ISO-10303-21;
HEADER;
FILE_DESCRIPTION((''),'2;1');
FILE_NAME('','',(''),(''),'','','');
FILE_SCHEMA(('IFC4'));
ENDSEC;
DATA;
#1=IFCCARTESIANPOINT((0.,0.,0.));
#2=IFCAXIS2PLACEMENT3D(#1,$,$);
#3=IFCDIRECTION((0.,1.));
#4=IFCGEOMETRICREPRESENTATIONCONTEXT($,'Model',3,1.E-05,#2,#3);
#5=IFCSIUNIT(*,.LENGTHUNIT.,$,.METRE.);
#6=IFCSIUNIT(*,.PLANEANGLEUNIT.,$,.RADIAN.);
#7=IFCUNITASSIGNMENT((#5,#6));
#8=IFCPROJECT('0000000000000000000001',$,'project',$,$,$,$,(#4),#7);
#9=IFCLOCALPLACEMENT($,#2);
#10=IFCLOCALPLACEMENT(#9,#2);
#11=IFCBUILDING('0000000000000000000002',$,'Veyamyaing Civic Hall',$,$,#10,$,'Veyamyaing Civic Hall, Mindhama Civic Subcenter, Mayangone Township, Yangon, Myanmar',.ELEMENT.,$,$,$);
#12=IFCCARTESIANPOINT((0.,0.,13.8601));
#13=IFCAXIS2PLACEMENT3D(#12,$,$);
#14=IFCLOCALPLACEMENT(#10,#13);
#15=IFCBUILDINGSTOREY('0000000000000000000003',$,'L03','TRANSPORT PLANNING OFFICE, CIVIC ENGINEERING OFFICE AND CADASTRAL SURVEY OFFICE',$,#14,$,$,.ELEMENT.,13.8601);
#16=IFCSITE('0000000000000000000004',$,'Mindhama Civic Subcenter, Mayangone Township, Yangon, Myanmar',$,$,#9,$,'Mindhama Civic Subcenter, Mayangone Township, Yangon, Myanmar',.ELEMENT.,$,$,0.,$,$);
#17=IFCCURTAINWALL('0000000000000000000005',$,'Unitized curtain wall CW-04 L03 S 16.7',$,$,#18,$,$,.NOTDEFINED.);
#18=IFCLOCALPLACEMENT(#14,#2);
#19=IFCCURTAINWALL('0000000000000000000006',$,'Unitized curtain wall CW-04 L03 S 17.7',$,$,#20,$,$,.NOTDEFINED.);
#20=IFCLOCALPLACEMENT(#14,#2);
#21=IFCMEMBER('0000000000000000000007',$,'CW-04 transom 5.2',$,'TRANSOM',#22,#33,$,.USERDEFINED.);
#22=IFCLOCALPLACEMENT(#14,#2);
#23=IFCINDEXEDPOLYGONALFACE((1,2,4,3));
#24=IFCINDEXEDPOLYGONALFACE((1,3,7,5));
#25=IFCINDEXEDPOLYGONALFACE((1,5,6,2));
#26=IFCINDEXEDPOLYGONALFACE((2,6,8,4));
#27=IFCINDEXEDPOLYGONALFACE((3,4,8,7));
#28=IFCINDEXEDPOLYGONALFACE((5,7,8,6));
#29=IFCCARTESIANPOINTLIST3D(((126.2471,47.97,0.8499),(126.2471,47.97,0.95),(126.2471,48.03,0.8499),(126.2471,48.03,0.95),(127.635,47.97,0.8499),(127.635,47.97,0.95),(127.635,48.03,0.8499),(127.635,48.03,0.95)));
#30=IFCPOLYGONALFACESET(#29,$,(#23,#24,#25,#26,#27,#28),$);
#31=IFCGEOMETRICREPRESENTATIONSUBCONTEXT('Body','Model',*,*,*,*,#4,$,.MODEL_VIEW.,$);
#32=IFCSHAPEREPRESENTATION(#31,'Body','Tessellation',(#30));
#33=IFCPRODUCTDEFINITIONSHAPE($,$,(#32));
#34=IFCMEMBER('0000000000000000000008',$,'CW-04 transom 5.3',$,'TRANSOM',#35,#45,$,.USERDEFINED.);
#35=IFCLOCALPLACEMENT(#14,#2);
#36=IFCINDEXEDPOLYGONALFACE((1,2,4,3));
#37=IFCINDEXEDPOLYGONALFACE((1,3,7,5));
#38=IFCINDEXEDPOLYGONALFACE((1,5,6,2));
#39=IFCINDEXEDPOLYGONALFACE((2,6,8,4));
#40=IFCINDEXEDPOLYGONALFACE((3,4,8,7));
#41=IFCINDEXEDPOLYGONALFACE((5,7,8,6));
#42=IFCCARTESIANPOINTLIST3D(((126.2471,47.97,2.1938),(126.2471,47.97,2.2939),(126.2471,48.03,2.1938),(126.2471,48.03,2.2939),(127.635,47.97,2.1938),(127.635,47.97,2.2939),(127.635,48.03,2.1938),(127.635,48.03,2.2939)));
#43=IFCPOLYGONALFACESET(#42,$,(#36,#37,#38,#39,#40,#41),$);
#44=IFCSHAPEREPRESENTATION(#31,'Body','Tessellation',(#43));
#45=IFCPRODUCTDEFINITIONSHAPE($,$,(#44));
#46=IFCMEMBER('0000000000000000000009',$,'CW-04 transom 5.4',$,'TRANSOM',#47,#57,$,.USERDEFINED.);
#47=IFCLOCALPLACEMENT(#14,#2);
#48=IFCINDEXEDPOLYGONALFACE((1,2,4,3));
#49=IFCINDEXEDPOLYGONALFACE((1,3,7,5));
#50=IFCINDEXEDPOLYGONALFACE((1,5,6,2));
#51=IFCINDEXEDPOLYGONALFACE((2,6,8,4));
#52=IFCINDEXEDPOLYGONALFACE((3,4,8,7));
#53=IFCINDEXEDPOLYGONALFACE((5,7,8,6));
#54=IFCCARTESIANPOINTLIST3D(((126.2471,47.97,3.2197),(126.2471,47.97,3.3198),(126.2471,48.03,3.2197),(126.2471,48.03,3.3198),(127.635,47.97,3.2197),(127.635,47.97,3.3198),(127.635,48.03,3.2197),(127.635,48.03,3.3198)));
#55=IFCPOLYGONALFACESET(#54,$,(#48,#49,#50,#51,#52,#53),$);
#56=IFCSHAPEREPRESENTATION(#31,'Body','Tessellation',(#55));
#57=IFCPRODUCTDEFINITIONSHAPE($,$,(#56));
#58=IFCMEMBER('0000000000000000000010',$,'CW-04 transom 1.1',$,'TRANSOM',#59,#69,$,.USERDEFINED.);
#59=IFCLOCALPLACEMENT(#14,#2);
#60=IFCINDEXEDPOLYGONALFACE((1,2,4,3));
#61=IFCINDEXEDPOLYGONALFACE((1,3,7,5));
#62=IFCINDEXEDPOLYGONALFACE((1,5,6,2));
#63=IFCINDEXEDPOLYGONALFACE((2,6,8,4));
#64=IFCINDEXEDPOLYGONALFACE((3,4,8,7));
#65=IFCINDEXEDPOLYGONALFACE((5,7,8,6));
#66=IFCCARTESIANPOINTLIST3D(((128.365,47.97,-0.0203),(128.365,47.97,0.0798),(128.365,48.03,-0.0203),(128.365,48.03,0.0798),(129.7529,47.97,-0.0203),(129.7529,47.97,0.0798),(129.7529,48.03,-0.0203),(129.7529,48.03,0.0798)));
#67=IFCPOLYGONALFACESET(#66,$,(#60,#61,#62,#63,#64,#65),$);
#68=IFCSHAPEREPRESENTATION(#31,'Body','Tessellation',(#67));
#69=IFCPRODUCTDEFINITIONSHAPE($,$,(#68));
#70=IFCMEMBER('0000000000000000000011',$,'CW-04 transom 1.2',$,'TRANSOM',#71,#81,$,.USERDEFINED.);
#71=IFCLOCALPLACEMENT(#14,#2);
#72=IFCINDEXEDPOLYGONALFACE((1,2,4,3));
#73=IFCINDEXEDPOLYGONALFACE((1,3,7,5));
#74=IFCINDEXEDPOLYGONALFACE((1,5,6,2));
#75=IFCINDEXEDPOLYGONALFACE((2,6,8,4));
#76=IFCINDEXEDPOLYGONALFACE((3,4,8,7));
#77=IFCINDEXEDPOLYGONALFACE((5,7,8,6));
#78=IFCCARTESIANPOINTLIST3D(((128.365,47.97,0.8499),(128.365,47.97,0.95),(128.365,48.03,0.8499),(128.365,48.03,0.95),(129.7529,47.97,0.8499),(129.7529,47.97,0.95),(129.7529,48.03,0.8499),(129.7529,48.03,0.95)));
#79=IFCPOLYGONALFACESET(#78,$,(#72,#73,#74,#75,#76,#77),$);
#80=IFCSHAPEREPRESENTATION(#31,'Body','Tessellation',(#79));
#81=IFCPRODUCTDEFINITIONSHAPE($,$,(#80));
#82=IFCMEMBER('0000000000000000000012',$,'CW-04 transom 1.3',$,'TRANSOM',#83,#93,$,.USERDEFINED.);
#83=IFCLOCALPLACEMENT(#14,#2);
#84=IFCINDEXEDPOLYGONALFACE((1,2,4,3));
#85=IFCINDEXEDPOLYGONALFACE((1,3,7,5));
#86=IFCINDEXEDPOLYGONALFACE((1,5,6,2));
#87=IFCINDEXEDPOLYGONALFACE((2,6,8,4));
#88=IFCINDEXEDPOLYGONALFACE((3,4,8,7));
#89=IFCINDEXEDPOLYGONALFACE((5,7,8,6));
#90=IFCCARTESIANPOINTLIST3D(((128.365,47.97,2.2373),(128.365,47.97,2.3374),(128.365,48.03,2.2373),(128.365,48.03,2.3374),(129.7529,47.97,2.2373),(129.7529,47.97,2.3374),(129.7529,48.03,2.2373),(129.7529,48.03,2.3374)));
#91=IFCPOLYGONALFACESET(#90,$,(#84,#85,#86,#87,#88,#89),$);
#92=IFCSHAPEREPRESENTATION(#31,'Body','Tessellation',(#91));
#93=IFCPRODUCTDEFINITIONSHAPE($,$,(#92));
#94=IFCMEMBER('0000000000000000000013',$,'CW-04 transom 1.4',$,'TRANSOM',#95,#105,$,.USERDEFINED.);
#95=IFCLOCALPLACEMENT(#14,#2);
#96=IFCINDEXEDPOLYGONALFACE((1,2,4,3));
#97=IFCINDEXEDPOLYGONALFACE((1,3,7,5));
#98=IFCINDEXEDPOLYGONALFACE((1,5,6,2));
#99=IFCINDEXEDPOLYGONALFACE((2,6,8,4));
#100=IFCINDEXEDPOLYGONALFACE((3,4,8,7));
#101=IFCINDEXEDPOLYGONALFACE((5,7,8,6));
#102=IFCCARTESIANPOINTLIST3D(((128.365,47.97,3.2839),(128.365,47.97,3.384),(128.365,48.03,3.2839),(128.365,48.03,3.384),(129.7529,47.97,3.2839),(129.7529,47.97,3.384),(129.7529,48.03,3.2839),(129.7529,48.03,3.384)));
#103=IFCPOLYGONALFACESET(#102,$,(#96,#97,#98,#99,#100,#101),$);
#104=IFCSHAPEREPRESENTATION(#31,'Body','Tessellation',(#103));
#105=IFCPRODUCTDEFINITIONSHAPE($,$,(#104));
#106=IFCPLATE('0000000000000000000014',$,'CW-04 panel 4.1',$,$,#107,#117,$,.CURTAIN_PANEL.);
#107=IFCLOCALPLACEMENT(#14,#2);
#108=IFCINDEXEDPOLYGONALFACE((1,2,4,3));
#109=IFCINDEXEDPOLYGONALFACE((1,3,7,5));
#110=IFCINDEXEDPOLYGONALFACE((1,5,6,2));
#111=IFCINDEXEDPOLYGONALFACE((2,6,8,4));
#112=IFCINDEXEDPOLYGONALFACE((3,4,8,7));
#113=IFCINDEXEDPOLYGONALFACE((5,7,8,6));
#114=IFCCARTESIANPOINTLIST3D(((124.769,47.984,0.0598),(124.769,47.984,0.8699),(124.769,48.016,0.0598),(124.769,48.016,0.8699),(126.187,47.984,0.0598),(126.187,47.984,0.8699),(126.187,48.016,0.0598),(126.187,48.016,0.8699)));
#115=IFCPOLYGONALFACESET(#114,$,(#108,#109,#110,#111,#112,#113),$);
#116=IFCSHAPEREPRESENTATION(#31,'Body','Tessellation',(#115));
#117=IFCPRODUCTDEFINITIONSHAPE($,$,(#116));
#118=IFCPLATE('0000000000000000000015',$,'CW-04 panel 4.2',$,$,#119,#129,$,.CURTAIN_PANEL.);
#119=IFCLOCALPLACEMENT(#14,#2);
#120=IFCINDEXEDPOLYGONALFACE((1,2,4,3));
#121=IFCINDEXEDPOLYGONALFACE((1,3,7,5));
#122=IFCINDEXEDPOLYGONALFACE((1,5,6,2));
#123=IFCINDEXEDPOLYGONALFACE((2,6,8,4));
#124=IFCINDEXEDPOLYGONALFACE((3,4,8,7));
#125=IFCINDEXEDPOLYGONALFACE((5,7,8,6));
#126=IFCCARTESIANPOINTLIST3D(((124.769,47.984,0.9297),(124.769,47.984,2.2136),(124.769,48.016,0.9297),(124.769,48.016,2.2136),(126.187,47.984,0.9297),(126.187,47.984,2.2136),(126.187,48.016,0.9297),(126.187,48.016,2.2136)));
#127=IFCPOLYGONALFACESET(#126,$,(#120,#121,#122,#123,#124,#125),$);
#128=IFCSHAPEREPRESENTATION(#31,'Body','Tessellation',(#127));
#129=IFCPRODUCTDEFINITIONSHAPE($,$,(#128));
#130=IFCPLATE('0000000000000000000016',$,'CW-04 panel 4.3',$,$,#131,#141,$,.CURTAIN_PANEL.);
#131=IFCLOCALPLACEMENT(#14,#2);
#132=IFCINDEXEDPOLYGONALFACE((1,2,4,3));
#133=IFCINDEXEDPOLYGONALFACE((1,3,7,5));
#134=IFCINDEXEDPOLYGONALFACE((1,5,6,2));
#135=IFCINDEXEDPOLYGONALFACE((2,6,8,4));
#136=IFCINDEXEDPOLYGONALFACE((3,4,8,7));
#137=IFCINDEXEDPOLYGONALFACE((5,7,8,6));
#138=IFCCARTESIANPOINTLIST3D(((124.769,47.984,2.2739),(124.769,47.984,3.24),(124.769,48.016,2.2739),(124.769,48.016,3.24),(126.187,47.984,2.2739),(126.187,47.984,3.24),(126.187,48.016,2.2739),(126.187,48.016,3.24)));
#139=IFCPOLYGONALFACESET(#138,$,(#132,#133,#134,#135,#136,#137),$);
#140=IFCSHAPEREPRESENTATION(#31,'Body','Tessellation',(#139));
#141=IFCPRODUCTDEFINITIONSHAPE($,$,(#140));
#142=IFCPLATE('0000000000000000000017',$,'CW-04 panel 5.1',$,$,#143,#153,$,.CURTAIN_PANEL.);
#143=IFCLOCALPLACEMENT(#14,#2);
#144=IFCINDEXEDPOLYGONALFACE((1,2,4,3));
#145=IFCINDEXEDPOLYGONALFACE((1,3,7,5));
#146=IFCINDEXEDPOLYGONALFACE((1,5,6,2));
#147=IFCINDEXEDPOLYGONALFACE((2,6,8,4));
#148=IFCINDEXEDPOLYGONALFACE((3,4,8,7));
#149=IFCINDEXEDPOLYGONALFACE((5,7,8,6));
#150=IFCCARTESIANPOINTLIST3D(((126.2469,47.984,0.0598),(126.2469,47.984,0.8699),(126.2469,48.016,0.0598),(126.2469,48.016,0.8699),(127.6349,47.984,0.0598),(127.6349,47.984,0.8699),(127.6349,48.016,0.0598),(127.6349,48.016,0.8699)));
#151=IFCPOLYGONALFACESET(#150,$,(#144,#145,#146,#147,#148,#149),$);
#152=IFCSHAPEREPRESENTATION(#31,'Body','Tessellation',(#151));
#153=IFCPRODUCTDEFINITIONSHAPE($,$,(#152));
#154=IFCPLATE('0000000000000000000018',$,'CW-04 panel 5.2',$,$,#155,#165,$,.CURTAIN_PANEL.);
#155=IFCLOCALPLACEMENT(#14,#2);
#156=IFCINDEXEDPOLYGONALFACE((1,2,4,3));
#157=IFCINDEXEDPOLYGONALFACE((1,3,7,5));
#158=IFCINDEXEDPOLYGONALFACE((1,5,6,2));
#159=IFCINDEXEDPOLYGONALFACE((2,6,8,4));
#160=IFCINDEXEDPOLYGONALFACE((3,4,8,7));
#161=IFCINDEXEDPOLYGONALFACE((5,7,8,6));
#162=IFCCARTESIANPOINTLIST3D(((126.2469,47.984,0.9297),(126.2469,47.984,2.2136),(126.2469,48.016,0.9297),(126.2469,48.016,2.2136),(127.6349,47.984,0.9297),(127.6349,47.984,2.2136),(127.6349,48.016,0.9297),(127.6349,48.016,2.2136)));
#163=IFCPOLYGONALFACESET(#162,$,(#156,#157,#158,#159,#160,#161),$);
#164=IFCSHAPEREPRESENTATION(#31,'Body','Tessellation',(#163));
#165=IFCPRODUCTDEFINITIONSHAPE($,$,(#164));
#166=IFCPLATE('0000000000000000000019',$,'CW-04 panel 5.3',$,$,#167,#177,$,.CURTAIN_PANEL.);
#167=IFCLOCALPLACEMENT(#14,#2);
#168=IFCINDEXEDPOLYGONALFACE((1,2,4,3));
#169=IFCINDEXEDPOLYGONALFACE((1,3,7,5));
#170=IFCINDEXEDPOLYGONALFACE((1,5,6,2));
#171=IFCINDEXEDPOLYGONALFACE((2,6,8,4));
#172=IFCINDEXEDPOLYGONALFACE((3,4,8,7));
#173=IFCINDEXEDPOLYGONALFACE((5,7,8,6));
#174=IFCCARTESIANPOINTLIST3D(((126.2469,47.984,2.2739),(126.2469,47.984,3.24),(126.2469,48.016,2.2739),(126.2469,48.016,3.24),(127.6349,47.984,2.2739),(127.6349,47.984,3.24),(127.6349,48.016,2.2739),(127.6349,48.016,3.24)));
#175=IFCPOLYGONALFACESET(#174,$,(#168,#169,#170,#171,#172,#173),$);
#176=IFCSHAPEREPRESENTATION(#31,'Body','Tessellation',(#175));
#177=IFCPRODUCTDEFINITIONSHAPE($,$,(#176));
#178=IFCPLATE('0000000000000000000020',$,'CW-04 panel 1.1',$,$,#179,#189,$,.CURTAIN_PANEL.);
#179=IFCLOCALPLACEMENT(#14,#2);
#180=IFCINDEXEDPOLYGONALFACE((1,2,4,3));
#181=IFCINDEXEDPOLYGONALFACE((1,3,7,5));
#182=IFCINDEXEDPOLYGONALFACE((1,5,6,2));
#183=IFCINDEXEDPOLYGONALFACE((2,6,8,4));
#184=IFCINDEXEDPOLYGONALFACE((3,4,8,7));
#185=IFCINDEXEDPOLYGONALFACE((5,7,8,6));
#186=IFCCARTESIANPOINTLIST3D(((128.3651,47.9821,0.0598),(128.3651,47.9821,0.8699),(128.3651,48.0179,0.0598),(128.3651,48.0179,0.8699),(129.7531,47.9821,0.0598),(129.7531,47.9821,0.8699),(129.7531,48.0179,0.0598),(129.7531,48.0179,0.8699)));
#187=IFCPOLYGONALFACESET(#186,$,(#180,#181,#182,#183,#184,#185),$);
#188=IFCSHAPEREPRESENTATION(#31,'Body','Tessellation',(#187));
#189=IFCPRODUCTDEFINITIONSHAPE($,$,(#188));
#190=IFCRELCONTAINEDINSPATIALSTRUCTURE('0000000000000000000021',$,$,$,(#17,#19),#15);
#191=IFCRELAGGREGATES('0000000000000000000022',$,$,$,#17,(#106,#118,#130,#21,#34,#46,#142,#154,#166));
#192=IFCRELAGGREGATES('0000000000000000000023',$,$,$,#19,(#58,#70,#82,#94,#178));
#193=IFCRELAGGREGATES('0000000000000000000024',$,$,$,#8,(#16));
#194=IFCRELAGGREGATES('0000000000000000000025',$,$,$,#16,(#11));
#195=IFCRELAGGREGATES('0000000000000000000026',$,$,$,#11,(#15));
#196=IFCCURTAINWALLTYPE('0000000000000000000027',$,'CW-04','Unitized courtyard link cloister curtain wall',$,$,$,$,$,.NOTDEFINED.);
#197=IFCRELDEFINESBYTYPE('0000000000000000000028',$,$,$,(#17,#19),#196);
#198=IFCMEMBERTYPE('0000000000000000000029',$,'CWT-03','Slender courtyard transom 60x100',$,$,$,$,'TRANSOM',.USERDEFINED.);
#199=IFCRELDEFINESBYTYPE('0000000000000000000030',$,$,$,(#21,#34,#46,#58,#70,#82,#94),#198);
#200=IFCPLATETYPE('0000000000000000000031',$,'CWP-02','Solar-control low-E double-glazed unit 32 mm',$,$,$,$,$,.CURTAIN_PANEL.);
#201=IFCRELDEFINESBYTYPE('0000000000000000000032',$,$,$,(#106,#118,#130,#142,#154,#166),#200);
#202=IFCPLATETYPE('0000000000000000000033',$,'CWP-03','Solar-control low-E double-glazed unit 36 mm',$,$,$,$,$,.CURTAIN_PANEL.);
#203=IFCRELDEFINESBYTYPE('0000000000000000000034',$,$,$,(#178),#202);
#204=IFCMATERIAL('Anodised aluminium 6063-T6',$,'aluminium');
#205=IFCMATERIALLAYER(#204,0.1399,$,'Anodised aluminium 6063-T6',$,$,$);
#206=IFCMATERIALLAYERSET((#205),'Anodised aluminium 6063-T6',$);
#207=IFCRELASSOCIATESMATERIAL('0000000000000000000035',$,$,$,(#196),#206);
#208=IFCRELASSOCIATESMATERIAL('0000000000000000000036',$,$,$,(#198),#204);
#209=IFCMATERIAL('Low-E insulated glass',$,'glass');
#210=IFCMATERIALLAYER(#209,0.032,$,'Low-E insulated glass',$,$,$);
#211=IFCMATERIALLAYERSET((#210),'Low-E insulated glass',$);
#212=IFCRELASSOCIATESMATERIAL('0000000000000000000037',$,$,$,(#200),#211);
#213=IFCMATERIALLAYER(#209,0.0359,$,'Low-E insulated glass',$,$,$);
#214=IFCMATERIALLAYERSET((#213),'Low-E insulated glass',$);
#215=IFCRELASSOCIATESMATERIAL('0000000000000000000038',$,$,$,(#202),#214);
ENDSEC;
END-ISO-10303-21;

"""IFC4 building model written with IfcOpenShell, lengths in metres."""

from ifc_helpers import new_model, si_unit, direction, frame, origin, origin_2d, place, context, subcontext, project, spatial, rectangle, extrude, material, layer, layer_set, material_profile, profile_set, type_object, element, aggregate, save


model = new_model("IFC4")

# Units and contexts
model_context = context("Model", 3, precision=1e-05, world=origin(), true_north=direction((0.0, 1.0)))
body_context = subcontext(model_context, "Body", "Model", "MODEL_VIEW")
ifc_project = project(units=[si_unit("LENGTHUNIT", "METRE"), si_unit("PLANEANGLEUNIT", "RADIAN")], contexts=[model_context])

# Site, building, storey
site_placement = place(None, origin())
site = spatial("IfcSite", under=ifc_project, at=site_placement, Name="Mindhama Civic Subcenter, Mayangone Township, Yangon, Myanmar", LongName="Mindhama Civic Subcenter, Mayangone Township, Yangon, Myanmar", CompositionType="ELEMENT", RefElevation=0.0)
building_placement = place(site_placement, origin())
building = spatial("IfcBuilding", under=site, at=building_placement, Name="Veyamyaing Civic Hall", LongName="Veyamyaing Civic Hall, Mindhama Civic Subcenter, Mayangone Township, Yangon, Myanmar", CompositionType="ELEMENT")
storey_placement = place(building_placement, frame((0.0, 0.0, 13.8601)))
storey = spatial("IfcBuildingStorey", under=building, at=storey_placement, Name="L03", Description="TRANSPORT PLANNING OFFICE, CIVIC ENGINEERING OFFICE AND CADASTRAL SURVEY OFFICE", CompositionType="ELEMENT", Elevation=13.8601)

# Curtain wall
ifc_material_1 = material(Name="Anodised aluminium 6063-T6", Category="aluminium")
ifc_layer_1 = layer(ifc_material_1, 0.1399, Name="Anodised aluminium 6063-T6")
ifc_layer_set_1 = layer_set([ifc_layer_1], Name="Anodised aluminium 6063-T6")
curtain_wall_type = type_object("IfcCurtainWallType", Name="CW-04", Description="Unitized courtyard link cloister curtain wall", PredefinedType="NOTDEFINED", material=ifc_layer_set_1)
curtain_wall_1_placement = place(storey_placement, origin())
curtain_wall_1 = element("IfcCurtainWall", 1, at=curtain_wall_1_placement, inside=storey, type_object=curtain_wall_type, Name="Unitized curtain wall CW-04 L03 S 16.7", PredefinedType="NOTDEFINED")

# Curtain wall
curtain_wall_2_placement = place(storey_placement, origin())
curtain_wall_2 = element("IfcCurtainWall", 2, at=curtain_wall_2_placement, inside=storey, type_object=curtain_wall_type, Name="Unitized curtain wall CW-04 L03 S 17.7", PredefinedType="NOTDEFINED")

# Members
ifc_material_profile_1 = material_profile(ifc_material_1, rectangle(XDim=0.0601, YDim=0.1001, at=origin_2d()), Name="ALU-TRN-60X100")
ifc_profile_set_1 = profile_set([ifc_material_profile_1], Name="Anodised aluminium 6063-T6")
member_type_1 = type_object("IfcMemberType", Name="CWT-03", Description="Slender courtyard transom 60x100", ElementType="TRANSOM", PredefinedType="USERDEFINED", material=ifc_profile_set_1)
member_1_placement = place(storey_placement, frame((126.2471, 48.0, 0.8999), z_axis=(1.0, 0.0, 0.0), x_axis=(0.0, 1.0, 0.0)))
member_1 = element("IfcMember", 3, at=member_1_placement, type_object=member_type_1, Name="CW-04 transom 5.2", ObjectType="TRANSOM", PredefinedType="USERDEFINED", context=body_context, shape_type="SweptSolid", body=[
    extrude(rectangle(XDim=0.0601, YDim=0.1001, at=origin_2d()), origin(), (0.0, 0.0, 1.0), 1.3879),
])
member_2_placement = place(storey_placement, frame((126.2471, 48.0, 2.2439), z_axis=(1.0, 0.0, 0.0), x_axis=(0.0, 1.0, 0.0)))
member_2 = element("IfcMember", 4, at=member_2_placement, type_object=member_type_1, Name="CW-04 transom 5.3", ObjectType="TRANSOM", PredefinedType="USERDEFINED", context=body_context, shape_type="SweptSolid", body=[
    extrude(rectangle(XDim=0.0601, YDim=0.1001, at=origin_2d()), origin(), (0.0, 0.0, 1.0), 1.3879),
])
member_3_placement = place(storey_placement, frame((126.2471, 48.0, 3.2698), z_axis=(1.0, 0.0, 0.0), x_axis=(0.0, 1.0, 0.0)))
member_3 = element("IfcMember", 5, at=member_3_placement, type_object=member_type_1, Name="CW-04 transom 5.4", ObjectType="TRANSOM", PredefinedType="USERDEFINED", context=body_context, shape_type="SweptSolid", body=[
    extrude(rectangle(XDim=0.0601, YDim=0.1001, at=origin_2d()), origin(), (0.0, 0.0, 1.0), 1.3879),
])
member_4_placement = place(storey_placement, frame((128.365, 48.0, 0.0298), z_axis=(1.0, 0.0, 0.0), x_axis=(0.0, 1.0, 0.0)))
member_4 = element("IfcMember", 6, at=member_4_placement, type_object=member_type_1, Name="CW-04 transom 1.1", ObjectType="TRANSOM", PredefinedType="USERDEFINED", context=body_context, shape_type="SweptSolid", body=[
    extrude(rectangle(XDim=0.0601, YDim=0.1001, at=origin_2d()), origin(), (0.0, 0.0, 1.0), 1.3879),
])
member_5_placement = place(storey_placement, frame((128.365, 48.0, 0.8999), z_axis=(1.0, 0.0, 0.0), x_axis=(0.0, 1.0, 0.0)))
member_5 = element("IfcMember", 7, at=member_5_placement, type_object=member_type_1, Name="CW-04 transom 1.2", ObjectType="TRANSOM", PredefinedType="USERDEFINED", context=body_context, shape_type="SweptSolid", body=[
    extrude(rectangle(XDim=0.0601, YDim=0.1001, at=origin_2d()), origin(), (0.0, 0.0, 1.0), 1.3879),
])
member_6_placement = place(storey_placement, frame((128.365, 48.0, 2.2874), z_axis=(1.0, 0.0, 0.0), x_axis=(0.0, 1.0, 0.0)))
member_6 = element("IfcMember", 8, at=member_6_placement, type_object=member_type_1, Name="CW-04 transom 1.3", ObjectType="TRANSOM", PredefinedType="USERDEFINED", context=body_context, shape_type="SweptSolid", body=[
    extrude(rectangle(XDim=0.0601, YDim=0.1001, at=origin_2d()), origin(), (0.0, 0.0, 1.0), 1.3879),
])
member_7_placement = place(storey_placement, frame((128.365, 48.0, 3.334), z_axis=(1.0, 0.0, 0.0), x_axis=(0.0, 1.0, 0.0)))
member_7 = element("IfcMember", 9, at=member_7_placement, type_object=member_type_1, Name="CW-04 transom 1.4", ObjectType="TRANSOM", PredefinedType="USERDEFINED", context=body_context, shape_type="SweptSolid", body=[
    extrude(rectangle(XDim=0.0601, YDim=0.1001, at=origin_2d()), origin(), (0.0, 0.0, 1.0), 1.3879),
])

# Plates
ifc_material_2 = material(Name="Low-E insulated glass", Category="glass")
ifc_layer_2 = layer(ifc_material_2, 0.032, Name="Low-E insulated glass")
ifc_layer_set_2 = layer_set([ifc_layer_2], Name="Low-E insulated glass")
plate_type_1 = type_object("IfcPlateType", Name="CWP-02", Description="Solar-control low-E double-glazed unit 32 mm", PredefinedType="CURTAIN_PANEL", material=ifc_layer_set_2)
plate_1_placement = place(storey_placement, frame((125.478, 48.0, 0.0598), z_axis=(0.0, 0.0, 1.0), x_axis=(1.0, 0.0, 0.0)))
plate_1 = element("IfcPlate", 10, at=plate_1_placement, type_object=plate_type_1, Name="CW-04 panel 4.1", PredefinedType="CURTAIN_PANEL", context=body_context, shape_type="SweptSolid", body=[
    extrude(rectangle(XDim=1.418, YDim=0.032, at=origin_2d()), origin(), (0.0, 0.0, 1.0), 0.8101),
])
plate_2_placement = place(storey_placement, frame((125.478, 48.0, 0.9297), z_axis=(0.0, 0.0, 1.0), x_axis=(1.0, 0.0, 0.0)))
plate_2 = element("IfcPlate", 11, at=plate_2_placement, type_object=plate_type_1, Name="CW-04 panel 4.2", PredefinedType="CURTAIN_PANEL", context=body_context, shape_type="SweptSolid", body=[
    extrude(rectangle(XDim=1.418, YDim=0.032, at=origin_2d()), origin(), (0.0, 0.0, 1.0), 1.2839),
])
plate_3_placement = place(storey_placement, frame((125.478, 48.0, 2.2739), z_axis=(0.0, 0.0, 1.0), x_axis=(1.0, 0.0, 0.0)))
plate_3 = element("IfcPlate", 12, at=plate_3_placement, type_object=plate_type_1, Name="CW-04 panel 4.3", PredefinedType="CURTAIN_PANEL", context=body_context, shape_type="SweptSolid", body=[
    extrude(rectangle(XDim=1.418, YDim=0.032, at=origin_2d()), origin(), (0.0, 0.0, 1.0), 0.9661),
])
plate_4_placement = place(storey_placement, frame((126.9409, 48.0, 0.0598), z_axis=(0.0, 0.0, 1.0), x_axis=(1.0, 0.0, 0.0)))
plate_4 = element("IfcPlate", 13, at=plate_4_placement, type_object=plate_type_1, Name="CW-04 panel 5.1", PredefinedType="CURTAIN_PANEL", context=body_context, shape_type="SweptSolid", body=[
    extrude(rectangle(XDim=1.3879, YDim=0.032, at=origin_2d()), origin(), (0.0, 0.0, 1.0), 0.8101),
])
plate_5_placement = place(storey_placement, frame((126.9409, 48.0, 0.9297), z_axis=(0.0, 0.0, 1.0), x_axis=(1.0, 0.0, 0.0)))
plate_5 = element("IfcPlate", 14, at=plate_5_placement, type_object=plate_type_1, Name="CW-04 panel 5.2", PredefinedType="CURTAIN_PANEL", context=body_context, shape_type="SweptSolid", body=[
    extrude(rectangle(XDim=1.3879, YDim=0.032, at=origin_2d()), origin(), (0.0, 0.0, 1.0), 1.2839),
])
plate_6_placement = place(storey_placement, frame((126.9409, 48.0, 2.2739), z_axis=(0.0, 0.0, 1.0), x_axis=(1.0, 0.0, 0.0)))
plate_6 = element("IfcPlate", 15, at=plate_6_placement, type_object=plate_type_1, Name="CW-04 panel 5.3", PredefinedType="CURTAIN_PANEL", context=body_context, shape_type="SweptSolid", body=[
    extrude(rectangle(XDim=1.3879, YDim=0.032, at=origin_2d()), origin(), (0.0, 0.0, 1.0), 0.9661),
])
aggregate(curtain_wall_1, [plate_1, plate_2, plate_3, member_1, member_2, member_3, plate_4, plate_5, plate_6])
ifc_layer_3 = layer(ifc_material_2, 0.0359, Name="Low-E insulated glass")
ifc_layer_set_3 = layer_set([ifc_layer_3], Name="Low-E insulated glass")
plate_type_2 = type_object("IfcPlateType", Name="CWP-03", Description="Solar-control low-E double-glazed unit 36 mm", PredefinedType="CURTAIN_PANEL", material=ifc_layer_set_3)
plate_7_placement = place(storey_placement, frame((129.0591, 48.0, 0.0598), z_axis=(0.0, 0.0, 1.0), x_axis=(1.0, 0.0, 0.0)))
plate_7 = element("IfcPlate", 16, at=plate_7_placement, type_object=plate_type_2, Name="CW-04 panel 1.1", PredefinedType="CURTAIN_PANEL", context=body_context, shape_type="SweptSolid", body=[
    extrude(rectangle(XDim=1.3879, YDim=0.0359, at=origin_2d()), origin(), (0.0, 0.0, 1.0), 0.8101),
])
aggregate(curtain_wall_2, [member_4, member_5, member_6, member_7, plate_7])

save(model, "model.ifc")
